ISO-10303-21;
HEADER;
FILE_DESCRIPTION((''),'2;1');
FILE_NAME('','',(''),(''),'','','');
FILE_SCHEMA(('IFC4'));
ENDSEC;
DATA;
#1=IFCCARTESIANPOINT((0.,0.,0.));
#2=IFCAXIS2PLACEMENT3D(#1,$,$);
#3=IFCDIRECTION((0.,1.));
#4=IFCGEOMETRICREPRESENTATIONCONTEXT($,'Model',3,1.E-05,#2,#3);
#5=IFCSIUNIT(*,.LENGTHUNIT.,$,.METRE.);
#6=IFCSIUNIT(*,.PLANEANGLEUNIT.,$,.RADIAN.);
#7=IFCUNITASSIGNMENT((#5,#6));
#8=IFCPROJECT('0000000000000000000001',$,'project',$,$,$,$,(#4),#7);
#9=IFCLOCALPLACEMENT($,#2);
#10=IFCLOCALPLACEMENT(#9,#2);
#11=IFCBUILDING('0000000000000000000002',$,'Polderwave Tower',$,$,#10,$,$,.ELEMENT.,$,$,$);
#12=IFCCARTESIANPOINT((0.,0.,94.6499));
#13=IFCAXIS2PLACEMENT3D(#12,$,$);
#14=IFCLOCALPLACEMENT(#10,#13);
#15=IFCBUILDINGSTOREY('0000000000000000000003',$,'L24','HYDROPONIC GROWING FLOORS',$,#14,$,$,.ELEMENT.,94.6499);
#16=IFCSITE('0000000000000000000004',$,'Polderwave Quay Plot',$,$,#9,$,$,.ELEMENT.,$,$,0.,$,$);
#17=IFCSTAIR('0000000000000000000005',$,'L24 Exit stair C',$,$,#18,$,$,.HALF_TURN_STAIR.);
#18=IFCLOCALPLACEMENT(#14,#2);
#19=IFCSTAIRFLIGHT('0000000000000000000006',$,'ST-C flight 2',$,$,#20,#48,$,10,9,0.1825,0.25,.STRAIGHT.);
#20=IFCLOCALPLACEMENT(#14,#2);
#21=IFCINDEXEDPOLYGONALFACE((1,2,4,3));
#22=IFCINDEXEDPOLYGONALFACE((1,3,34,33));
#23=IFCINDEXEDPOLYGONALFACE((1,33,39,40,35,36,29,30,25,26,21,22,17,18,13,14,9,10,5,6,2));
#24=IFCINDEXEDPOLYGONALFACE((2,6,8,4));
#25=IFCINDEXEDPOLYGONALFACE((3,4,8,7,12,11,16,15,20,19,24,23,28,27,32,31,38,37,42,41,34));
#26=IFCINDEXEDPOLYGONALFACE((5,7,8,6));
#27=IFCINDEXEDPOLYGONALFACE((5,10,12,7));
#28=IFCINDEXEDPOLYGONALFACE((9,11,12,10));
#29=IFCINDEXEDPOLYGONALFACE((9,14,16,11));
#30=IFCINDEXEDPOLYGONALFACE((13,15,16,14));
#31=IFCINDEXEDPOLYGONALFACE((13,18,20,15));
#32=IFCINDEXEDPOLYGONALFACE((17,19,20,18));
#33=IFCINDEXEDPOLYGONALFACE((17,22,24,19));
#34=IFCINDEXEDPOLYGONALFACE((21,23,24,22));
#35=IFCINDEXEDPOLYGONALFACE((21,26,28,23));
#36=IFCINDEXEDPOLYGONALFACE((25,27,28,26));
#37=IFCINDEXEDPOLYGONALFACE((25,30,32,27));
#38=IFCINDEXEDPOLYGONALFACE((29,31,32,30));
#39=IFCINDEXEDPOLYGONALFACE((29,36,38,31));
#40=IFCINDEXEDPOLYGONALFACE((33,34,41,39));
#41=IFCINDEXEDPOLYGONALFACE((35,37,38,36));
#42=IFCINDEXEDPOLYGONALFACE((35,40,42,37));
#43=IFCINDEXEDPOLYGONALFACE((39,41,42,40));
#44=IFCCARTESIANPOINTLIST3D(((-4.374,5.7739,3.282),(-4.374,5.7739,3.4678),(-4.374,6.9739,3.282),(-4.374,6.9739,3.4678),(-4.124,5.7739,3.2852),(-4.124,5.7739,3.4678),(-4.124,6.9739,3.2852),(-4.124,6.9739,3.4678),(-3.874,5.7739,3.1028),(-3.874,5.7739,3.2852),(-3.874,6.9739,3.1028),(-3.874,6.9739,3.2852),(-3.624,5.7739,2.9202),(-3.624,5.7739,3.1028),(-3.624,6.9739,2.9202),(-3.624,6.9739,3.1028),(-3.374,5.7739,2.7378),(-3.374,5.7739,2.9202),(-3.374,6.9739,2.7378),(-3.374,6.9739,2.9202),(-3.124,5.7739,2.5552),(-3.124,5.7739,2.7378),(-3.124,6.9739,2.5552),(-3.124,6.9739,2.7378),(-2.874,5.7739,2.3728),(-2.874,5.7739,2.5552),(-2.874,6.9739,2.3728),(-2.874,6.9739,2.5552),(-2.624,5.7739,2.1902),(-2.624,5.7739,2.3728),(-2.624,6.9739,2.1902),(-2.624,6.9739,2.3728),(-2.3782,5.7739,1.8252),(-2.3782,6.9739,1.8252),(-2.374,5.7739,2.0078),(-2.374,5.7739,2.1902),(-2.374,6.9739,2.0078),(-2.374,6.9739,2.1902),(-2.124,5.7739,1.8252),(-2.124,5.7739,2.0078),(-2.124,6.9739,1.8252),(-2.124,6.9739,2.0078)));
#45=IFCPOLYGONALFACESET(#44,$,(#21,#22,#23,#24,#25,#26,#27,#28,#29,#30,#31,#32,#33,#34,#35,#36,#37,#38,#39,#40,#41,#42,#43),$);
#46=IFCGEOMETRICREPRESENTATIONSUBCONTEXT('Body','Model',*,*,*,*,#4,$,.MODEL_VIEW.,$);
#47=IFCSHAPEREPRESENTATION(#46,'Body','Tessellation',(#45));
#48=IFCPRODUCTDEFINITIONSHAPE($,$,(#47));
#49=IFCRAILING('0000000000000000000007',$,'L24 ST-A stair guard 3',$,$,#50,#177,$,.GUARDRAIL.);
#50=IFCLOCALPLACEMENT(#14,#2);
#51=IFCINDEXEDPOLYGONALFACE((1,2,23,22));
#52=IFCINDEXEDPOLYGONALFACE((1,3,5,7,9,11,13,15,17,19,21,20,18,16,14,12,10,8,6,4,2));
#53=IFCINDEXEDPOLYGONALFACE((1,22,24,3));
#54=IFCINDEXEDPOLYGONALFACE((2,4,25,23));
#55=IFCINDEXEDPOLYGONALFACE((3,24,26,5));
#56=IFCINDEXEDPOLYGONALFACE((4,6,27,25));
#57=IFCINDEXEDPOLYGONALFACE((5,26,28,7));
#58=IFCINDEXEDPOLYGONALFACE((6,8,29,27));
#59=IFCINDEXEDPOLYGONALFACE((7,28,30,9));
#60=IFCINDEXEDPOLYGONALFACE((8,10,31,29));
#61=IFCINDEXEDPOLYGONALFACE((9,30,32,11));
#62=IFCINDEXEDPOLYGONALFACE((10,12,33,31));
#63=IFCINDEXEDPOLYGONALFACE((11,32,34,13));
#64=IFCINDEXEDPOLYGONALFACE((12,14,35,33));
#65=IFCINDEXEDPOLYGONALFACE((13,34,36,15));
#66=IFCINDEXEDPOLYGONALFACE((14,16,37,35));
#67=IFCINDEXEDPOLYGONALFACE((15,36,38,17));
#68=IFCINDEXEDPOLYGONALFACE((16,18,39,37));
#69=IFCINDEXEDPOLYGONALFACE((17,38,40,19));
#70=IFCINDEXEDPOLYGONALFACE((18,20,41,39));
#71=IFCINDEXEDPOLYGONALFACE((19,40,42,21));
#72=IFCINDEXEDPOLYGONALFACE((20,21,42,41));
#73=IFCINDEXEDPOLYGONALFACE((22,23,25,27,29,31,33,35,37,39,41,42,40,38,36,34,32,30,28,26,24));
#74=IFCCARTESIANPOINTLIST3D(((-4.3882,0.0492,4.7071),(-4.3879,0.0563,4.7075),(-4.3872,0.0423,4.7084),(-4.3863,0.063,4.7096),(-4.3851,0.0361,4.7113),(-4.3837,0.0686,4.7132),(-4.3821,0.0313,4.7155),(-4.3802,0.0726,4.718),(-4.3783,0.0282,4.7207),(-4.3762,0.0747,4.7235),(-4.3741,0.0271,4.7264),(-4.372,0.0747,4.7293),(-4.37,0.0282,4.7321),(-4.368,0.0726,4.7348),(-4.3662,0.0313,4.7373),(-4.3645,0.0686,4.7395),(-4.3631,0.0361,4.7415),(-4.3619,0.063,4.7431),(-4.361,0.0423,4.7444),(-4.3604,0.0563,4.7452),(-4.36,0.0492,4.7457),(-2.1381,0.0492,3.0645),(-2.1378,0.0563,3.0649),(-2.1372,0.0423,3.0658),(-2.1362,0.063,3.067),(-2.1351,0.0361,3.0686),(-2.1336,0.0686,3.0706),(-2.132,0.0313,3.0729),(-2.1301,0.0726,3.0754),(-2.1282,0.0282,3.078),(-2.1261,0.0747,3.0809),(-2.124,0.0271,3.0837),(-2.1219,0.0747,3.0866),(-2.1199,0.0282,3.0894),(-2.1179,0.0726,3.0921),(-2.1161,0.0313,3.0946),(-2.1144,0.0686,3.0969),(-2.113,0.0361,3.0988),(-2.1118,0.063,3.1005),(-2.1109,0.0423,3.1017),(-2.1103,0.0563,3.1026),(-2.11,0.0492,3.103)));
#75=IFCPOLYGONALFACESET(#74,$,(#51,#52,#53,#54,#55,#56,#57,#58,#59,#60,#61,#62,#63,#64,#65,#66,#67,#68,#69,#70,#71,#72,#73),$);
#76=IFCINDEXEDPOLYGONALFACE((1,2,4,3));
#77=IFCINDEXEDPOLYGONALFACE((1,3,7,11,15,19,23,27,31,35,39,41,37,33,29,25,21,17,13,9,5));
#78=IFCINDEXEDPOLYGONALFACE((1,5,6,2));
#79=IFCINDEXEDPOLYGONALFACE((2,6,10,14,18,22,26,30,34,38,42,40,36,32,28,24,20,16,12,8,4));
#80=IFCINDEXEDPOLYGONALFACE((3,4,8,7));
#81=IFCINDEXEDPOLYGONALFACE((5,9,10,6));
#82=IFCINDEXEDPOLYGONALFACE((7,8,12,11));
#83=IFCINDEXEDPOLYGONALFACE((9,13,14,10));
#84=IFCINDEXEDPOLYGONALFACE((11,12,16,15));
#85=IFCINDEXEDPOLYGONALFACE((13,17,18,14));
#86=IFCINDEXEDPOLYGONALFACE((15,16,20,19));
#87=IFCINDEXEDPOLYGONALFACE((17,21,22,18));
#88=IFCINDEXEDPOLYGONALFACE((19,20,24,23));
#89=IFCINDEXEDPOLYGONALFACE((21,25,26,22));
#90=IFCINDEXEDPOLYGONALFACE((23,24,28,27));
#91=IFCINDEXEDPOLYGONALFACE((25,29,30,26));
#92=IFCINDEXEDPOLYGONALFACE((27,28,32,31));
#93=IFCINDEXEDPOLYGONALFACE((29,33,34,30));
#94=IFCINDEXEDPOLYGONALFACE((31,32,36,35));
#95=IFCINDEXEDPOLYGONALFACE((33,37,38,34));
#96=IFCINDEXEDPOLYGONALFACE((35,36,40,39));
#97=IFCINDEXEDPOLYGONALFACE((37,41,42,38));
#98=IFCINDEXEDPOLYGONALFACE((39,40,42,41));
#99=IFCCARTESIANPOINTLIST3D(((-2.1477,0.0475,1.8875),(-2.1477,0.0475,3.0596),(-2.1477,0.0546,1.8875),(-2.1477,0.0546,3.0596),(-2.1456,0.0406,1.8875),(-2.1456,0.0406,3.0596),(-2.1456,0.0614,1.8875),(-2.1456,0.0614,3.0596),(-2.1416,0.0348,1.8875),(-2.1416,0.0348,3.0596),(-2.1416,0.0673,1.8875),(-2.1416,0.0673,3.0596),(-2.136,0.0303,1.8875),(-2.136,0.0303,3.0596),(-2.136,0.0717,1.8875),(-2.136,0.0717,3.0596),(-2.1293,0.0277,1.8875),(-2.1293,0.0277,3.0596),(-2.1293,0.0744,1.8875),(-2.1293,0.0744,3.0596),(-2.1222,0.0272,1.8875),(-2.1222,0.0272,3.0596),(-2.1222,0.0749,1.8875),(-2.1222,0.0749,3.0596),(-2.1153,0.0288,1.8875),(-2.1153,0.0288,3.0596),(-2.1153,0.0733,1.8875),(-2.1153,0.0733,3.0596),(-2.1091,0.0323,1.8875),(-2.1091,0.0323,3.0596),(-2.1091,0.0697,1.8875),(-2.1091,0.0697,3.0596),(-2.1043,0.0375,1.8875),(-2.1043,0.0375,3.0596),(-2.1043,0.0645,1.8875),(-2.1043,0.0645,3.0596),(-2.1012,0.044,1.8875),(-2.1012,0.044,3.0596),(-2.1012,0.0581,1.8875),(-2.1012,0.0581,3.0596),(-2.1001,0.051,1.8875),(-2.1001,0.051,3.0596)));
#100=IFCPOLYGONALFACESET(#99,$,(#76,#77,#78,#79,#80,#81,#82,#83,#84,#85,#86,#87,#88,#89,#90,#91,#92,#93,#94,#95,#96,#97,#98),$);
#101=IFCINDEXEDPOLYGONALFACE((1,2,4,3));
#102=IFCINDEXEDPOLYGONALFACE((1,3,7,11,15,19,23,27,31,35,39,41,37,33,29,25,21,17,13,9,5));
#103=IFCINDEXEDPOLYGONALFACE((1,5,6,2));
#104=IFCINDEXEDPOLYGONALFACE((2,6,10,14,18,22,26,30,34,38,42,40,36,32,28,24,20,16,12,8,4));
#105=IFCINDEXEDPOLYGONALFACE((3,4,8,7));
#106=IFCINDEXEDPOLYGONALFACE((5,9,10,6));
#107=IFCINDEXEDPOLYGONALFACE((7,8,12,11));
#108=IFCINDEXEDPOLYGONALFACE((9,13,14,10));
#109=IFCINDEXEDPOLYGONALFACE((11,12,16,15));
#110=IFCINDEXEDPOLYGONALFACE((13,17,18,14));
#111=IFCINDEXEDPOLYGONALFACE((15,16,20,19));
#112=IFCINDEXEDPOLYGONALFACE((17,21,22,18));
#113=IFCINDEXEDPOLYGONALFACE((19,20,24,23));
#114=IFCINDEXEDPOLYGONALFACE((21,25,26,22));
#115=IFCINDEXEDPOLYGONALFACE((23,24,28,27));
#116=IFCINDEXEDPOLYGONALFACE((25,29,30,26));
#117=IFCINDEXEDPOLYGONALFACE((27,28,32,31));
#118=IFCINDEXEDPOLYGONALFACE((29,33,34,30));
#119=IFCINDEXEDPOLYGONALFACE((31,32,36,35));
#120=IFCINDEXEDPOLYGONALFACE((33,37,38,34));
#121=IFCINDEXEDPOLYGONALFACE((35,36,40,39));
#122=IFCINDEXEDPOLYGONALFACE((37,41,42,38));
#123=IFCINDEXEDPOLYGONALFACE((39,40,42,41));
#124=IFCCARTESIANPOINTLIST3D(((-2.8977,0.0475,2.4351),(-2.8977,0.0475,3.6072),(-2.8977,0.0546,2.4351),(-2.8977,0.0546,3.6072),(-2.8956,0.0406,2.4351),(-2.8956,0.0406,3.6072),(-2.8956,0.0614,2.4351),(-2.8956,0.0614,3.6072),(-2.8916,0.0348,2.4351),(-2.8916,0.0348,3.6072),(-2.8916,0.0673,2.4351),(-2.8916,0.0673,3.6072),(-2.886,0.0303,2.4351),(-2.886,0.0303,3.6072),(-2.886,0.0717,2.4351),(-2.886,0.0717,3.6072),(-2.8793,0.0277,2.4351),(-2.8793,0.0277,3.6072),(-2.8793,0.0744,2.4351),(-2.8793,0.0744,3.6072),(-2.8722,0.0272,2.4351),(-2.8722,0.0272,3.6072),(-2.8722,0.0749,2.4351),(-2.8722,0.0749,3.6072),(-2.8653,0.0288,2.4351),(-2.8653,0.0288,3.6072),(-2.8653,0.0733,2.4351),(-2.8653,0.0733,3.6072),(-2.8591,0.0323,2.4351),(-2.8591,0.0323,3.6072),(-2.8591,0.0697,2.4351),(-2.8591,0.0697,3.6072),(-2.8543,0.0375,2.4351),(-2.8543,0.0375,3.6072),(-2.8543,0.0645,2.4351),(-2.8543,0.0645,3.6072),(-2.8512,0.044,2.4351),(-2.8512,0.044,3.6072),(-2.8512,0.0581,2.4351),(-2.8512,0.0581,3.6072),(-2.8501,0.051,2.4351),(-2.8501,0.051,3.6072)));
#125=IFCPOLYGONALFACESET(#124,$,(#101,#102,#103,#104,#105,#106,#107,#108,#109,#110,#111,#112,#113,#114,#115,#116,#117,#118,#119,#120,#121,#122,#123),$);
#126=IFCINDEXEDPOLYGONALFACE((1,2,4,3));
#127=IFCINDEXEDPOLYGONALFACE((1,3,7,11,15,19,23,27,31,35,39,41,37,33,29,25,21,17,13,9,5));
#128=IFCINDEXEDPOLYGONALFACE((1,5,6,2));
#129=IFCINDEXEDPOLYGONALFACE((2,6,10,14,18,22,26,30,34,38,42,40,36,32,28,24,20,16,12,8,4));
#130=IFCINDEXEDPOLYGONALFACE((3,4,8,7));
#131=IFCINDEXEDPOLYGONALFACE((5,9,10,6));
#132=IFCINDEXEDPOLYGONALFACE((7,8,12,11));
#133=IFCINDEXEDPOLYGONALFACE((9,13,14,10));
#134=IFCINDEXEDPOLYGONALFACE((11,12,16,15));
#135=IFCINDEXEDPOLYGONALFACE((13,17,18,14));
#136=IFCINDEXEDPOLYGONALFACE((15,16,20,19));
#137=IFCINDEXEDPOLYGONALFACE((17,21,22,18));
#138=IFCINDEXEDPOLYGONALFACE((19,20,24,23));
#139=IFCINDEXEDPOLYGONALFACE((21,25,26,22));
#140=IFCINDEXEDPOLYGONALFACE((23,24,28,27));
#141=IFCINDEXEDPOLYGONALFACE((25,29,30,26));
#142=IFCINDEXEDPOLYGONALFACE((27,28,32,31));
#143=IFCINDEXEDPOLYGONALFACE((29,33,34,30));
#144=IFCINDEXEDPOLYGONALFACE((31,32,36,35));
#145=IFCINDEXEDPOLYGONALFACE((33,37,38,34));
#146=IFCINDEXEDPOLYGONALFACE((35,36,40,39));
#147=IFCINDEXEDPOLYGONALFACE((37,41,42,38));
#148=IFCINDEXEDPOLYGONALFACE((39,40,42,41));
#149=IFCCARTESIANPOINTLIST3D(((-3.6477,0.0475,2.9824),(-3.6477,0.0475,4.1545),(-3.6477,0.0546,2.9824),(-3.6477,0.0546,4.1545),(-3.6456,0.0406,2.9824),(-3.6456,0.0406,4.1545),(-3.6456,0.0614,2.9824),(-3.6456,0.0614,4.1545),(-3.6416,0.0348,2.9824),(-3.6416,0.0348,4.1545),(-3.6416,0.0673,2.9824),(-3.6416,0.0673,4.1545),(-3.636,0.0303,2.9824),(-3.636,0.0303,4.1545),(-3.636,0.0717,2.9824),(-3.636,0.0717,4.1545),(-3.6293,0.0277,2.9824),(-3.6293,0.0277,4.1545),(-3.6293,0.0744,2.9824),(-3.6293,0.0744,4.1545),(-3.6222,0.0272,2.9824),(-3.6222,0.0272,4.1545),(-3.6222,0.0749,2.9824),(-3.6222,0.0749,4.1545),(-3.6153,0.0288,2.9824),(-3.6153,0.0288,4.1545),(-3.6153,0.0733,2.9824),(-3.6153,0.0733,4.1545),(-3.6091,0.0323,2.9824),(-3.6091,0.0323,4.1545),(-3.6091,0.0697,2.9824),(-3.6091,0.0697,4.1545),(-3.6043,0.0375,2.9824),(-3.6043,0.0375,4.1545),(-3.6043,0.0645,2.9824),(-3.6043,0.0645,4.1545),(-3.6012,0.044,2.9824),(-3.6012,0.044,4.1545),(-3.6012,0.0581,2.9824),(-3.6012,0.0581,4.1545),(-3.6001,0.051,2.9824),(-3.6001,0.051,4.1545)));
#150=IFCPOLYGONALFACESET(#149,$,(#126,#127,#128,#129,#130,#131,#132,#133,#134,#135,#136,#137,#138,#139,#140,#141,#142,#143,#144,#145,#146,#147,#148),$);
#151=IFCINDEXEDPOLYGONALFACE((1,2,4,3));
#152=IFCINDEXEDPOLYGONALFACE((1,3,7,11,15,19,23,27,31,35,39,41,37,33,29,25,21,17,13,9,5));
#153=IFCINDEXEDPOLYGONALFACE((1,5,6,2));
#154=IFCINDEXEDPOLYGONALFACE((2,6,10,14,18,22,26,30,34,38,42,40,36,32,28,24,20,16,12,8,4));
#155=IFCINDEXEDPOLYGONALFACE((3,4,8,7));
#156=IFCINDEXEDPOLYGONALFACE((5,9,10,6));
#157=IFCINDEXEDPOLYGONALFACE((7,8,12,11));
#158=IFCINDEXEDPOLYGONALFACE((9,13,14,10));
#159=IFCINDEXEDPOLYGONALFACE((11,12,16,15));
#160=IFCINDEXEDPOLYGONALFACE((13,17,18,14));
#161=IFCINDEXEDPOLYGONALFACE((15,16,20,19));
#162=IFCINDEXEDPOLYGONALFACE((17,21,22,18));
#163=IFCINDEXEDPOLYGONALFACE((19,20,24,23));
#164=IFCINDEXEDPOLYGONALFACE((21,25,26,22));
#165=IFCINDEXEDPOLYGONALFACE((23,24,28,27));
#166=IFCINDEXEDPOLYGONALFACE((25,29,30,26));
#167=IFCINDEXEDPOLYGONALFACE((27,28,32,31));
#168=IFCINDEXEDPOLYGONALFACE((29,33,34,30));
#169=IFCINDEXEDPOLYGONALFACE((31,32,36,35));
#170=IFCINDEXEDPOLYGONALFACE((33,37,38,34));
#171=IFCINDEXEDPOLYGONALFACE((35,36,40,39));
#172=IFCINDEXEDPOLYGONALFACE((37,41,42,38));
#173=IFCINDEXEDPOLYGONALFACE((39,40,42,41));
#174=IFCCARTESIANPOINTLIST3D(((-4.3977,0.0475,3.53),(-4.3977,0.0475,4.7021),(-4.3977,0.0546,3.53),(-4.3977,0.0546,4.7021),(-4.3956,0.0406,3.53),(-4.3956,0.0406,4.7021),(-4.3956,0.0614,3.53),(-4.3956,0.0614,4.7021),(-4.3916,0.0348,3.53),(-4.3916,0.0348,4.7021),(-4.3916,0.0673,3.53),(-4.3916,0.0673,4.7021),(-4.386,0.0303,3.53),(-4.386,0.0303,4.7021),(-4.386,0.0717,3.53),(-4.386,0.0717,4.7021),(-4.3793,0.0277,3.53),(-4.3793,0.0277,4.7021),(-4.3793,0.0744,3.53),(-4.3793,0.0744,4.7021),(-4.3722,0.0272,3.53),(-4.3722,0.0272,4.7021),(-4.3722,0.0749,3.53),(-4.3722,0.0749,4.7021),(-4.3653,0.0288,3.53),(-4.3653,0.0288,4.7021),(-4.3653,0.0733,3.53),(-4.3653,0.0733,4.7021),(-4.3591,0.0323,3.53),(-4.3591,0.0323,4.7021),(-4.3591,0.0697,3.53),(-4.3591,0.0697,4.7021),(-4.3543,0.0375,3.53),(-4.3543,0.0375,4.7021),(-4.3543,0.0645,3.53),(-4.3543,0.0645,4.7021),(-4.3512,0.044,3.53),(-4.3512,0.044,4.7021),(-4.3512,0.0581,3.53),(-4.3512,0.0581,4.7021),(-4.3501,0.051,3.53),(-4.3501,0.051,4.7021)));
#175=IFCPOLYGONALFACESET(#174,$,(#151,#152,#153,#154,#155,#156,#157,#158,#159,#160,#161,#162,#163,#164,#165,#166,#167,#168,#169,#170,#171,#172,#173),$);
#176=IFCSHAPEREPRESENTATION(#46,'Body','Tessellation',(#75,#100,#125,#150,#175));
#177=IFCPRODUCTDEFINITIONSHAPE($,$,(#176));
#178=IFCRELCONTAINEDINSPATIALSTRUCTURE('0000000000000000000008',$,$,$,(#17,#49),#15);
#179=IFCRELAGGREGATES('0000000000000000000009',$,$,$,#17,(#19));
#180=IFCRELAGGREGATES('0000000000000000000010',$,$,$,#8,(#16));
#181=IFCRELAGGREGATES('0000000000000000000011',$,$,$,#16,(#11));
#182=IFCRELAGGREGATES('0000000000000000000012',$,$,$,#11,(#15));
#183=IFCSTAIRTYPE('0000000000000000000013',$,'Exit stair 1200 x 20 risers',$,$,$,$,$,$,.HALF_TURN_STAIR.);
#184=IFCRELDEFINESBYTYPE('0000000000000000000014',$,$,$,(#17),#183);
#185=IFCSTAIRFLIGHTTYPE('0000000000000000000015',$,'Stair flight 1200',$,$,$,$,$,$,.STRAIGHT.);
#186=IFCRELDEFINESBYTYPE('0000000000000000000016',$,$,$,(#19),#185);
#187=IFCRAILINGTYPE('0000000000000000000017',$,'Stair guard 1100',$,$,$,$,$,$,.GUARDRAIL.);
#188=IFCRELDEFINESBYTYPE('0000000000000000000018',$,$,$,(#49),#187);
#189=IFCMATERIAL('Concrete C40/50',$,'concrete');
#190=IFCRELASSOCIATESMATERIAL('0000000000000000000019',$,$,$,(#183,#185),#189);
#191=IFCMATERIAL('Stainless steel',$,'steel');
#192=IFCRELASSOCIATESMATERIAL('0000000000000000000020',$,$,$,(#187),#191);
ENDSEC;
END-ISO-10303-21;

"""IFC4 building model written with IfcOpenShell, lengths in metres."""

from ifc_helpers import new_model, si_unit, direction, frame, origin, origin_2d, place, context, subcontext, project, spatial, polyline, circle, outline, extrude, material, type_object, element, aggregate, save


model = new_model("IFC4")

# Units and contexts
model_context = context("Model", 3, precision=1e-05, world=origin(), true_north=direction((0.0, 1.0)))
body_context = subcontext(model_context, "Body", "Model", "MODEL_VIEW")
ifc_project = project(units=[si_unit("LENGTHUNIT", "METRE"), si_unit("PLANEANGLEUNIT", "RADIAN")], contexts=[model_context])

# Site, building, storey
site_placement = place(None, origin())
site = spatial("IfcSite", under=ifc_project, at=site_placement, Name="Polderwave Quay Plot", CompositionType="ELEMENT", RefElevation=0.0)
building_placement = place(site_placement, origin())
building = spatial("IfcBuilding", under=site, at=building_placement, Name="Polderwave Tower", CompositionType="ELEMENT")
storey_placement = place(building_placement, frame((0.0, 0.0, 94.6499)))
storey = spatial("IfcBuildingStorey", under=building, at=storey_placement, Name="L24", Description="HYDROPONIC GROWING FLOORS", CompositionType="ELEMENT", Elevation=94.6499)

# Shared definitions
ifc_material_1 = material(Name="Concrete C40/50", Category="concrete")
stair_type = type_object("IfcStairType", Name="Exit stair 1200 x 20 risers", PredefinedType="HALF_TURN_STAIR", material=ifc_material_1)
stair_flight_type = type_object("IfcStairFlightType", Name="Stair flight 1200", PredefinedType="STRAIGHT", material=ifc_material_1)

# Stair, stair flight
stair_1_placement = place(storey_placement, origin())
stair_1 = element("IfcStair", 1, at=stair_1_placement, inside=storey, type_object=stair_type, Name="L24 Exit stair C", PredefinedType="HALF_TURN_STAIR")
stair_flight_1_placement = place(storey_placement, frame((-2.124, 6.374, 1.8252), z_axis=(0.0, 0.0, 1.0), x_axis=(-1.0, 0.0, 0.0)))
stair_flight_1 = element("IfcStairFlight", 2, at=stair_flight_1_placement, type_object=stair_flight_type, Name="ST-C flight 2", NumberOfRisers=10, NumberOfTreads=9, PredefinedType="STRAIGHT", RiserHeight=0.1825, TreadLength=0.25, context=body_context, shape_type="SweptSolid", body=[
    extrude(outline(polyline([(0.0, 0.0), (0.0, 0.1826), (0.25, 0.1826), (0.25, 0.365), (0.5, 0.365), (0.5, 0.5476), (0.75, 0.5476), (0.75, 0.73), (1.0, 0.73), (1.0, 0.9126), (1.25, 0.9126), (1.25, 1.095), (1.5, 1.095), (1.5, 1.2776), (1.75, 1.2776), (1.75, 1.46), (2.0, 1.46), (2.0, 1.6426), (2.25, 1.6426), (2.25, 1.825), (2.25, 1.4568), (0.2542, 0.0), (0.0, 0.0)])), frame((0.0, 0.6001, 0.0), z_axis=(0.0, -1.0, 0.0), x_axis=(1.0, 0.0, 0.0)), (0.0, 0.0, 1.0), 1.2),
])
aggregate(stair_1, [stair_flight_1])

# Railing
ifc_material_2 = material(Name="Stainless steel", Category="steel")
railing_type_1 = type_object("IfcRailingType", Name="Stair guard 1100", PredefinedType="GUARDRAIL", material=ifc_material_2)
railing_1_placement = place(storey_placement, frame((-2.124, 0.051, 1.8875)))
element("IfcRailing", 3, at=railing_1_placement, inside=storey, type_object=railing_type_1, Name="L24 ST-A stair guard 3", PredefinedType="GUARDRAIL", context=body_context, shape_type="SweptSolid", body=[
    extrude(circle(Radius=0.0239, at=origin_2d()), frame((0.0, 0.0, 1.1963), z_axis=(-0.807674, 0.0, 0.58963), x_axis=(0.0, -1.0, 0.0)), (0.0, 0.0, 1.0), 2.7859),
    extrude(circle(Radius=0.0239, at=origin_2d()), origin(), (0.0, 0.0, 1.0), 1.1721),
    extrude(circle(Radius=0.0239, at=origin_2d()), frame((-0.75, 0.0, 0.5476)), (0.0, 0.0, 1.0), 1.1721),
    extrude(circle(Radius=0.0239, at=origin_2d()), frame((-1.5, 0.0, 1.095)), (0.0, 0.0, 1.0), 1.1721),
    extrude(circle(Radius=0.0239, at=origin_2d()), frame((-2.25, 0.0, 1.6426)), (0.0, 0.0, 1.0), 1.1721),
])

save(model, "model.ifc")
